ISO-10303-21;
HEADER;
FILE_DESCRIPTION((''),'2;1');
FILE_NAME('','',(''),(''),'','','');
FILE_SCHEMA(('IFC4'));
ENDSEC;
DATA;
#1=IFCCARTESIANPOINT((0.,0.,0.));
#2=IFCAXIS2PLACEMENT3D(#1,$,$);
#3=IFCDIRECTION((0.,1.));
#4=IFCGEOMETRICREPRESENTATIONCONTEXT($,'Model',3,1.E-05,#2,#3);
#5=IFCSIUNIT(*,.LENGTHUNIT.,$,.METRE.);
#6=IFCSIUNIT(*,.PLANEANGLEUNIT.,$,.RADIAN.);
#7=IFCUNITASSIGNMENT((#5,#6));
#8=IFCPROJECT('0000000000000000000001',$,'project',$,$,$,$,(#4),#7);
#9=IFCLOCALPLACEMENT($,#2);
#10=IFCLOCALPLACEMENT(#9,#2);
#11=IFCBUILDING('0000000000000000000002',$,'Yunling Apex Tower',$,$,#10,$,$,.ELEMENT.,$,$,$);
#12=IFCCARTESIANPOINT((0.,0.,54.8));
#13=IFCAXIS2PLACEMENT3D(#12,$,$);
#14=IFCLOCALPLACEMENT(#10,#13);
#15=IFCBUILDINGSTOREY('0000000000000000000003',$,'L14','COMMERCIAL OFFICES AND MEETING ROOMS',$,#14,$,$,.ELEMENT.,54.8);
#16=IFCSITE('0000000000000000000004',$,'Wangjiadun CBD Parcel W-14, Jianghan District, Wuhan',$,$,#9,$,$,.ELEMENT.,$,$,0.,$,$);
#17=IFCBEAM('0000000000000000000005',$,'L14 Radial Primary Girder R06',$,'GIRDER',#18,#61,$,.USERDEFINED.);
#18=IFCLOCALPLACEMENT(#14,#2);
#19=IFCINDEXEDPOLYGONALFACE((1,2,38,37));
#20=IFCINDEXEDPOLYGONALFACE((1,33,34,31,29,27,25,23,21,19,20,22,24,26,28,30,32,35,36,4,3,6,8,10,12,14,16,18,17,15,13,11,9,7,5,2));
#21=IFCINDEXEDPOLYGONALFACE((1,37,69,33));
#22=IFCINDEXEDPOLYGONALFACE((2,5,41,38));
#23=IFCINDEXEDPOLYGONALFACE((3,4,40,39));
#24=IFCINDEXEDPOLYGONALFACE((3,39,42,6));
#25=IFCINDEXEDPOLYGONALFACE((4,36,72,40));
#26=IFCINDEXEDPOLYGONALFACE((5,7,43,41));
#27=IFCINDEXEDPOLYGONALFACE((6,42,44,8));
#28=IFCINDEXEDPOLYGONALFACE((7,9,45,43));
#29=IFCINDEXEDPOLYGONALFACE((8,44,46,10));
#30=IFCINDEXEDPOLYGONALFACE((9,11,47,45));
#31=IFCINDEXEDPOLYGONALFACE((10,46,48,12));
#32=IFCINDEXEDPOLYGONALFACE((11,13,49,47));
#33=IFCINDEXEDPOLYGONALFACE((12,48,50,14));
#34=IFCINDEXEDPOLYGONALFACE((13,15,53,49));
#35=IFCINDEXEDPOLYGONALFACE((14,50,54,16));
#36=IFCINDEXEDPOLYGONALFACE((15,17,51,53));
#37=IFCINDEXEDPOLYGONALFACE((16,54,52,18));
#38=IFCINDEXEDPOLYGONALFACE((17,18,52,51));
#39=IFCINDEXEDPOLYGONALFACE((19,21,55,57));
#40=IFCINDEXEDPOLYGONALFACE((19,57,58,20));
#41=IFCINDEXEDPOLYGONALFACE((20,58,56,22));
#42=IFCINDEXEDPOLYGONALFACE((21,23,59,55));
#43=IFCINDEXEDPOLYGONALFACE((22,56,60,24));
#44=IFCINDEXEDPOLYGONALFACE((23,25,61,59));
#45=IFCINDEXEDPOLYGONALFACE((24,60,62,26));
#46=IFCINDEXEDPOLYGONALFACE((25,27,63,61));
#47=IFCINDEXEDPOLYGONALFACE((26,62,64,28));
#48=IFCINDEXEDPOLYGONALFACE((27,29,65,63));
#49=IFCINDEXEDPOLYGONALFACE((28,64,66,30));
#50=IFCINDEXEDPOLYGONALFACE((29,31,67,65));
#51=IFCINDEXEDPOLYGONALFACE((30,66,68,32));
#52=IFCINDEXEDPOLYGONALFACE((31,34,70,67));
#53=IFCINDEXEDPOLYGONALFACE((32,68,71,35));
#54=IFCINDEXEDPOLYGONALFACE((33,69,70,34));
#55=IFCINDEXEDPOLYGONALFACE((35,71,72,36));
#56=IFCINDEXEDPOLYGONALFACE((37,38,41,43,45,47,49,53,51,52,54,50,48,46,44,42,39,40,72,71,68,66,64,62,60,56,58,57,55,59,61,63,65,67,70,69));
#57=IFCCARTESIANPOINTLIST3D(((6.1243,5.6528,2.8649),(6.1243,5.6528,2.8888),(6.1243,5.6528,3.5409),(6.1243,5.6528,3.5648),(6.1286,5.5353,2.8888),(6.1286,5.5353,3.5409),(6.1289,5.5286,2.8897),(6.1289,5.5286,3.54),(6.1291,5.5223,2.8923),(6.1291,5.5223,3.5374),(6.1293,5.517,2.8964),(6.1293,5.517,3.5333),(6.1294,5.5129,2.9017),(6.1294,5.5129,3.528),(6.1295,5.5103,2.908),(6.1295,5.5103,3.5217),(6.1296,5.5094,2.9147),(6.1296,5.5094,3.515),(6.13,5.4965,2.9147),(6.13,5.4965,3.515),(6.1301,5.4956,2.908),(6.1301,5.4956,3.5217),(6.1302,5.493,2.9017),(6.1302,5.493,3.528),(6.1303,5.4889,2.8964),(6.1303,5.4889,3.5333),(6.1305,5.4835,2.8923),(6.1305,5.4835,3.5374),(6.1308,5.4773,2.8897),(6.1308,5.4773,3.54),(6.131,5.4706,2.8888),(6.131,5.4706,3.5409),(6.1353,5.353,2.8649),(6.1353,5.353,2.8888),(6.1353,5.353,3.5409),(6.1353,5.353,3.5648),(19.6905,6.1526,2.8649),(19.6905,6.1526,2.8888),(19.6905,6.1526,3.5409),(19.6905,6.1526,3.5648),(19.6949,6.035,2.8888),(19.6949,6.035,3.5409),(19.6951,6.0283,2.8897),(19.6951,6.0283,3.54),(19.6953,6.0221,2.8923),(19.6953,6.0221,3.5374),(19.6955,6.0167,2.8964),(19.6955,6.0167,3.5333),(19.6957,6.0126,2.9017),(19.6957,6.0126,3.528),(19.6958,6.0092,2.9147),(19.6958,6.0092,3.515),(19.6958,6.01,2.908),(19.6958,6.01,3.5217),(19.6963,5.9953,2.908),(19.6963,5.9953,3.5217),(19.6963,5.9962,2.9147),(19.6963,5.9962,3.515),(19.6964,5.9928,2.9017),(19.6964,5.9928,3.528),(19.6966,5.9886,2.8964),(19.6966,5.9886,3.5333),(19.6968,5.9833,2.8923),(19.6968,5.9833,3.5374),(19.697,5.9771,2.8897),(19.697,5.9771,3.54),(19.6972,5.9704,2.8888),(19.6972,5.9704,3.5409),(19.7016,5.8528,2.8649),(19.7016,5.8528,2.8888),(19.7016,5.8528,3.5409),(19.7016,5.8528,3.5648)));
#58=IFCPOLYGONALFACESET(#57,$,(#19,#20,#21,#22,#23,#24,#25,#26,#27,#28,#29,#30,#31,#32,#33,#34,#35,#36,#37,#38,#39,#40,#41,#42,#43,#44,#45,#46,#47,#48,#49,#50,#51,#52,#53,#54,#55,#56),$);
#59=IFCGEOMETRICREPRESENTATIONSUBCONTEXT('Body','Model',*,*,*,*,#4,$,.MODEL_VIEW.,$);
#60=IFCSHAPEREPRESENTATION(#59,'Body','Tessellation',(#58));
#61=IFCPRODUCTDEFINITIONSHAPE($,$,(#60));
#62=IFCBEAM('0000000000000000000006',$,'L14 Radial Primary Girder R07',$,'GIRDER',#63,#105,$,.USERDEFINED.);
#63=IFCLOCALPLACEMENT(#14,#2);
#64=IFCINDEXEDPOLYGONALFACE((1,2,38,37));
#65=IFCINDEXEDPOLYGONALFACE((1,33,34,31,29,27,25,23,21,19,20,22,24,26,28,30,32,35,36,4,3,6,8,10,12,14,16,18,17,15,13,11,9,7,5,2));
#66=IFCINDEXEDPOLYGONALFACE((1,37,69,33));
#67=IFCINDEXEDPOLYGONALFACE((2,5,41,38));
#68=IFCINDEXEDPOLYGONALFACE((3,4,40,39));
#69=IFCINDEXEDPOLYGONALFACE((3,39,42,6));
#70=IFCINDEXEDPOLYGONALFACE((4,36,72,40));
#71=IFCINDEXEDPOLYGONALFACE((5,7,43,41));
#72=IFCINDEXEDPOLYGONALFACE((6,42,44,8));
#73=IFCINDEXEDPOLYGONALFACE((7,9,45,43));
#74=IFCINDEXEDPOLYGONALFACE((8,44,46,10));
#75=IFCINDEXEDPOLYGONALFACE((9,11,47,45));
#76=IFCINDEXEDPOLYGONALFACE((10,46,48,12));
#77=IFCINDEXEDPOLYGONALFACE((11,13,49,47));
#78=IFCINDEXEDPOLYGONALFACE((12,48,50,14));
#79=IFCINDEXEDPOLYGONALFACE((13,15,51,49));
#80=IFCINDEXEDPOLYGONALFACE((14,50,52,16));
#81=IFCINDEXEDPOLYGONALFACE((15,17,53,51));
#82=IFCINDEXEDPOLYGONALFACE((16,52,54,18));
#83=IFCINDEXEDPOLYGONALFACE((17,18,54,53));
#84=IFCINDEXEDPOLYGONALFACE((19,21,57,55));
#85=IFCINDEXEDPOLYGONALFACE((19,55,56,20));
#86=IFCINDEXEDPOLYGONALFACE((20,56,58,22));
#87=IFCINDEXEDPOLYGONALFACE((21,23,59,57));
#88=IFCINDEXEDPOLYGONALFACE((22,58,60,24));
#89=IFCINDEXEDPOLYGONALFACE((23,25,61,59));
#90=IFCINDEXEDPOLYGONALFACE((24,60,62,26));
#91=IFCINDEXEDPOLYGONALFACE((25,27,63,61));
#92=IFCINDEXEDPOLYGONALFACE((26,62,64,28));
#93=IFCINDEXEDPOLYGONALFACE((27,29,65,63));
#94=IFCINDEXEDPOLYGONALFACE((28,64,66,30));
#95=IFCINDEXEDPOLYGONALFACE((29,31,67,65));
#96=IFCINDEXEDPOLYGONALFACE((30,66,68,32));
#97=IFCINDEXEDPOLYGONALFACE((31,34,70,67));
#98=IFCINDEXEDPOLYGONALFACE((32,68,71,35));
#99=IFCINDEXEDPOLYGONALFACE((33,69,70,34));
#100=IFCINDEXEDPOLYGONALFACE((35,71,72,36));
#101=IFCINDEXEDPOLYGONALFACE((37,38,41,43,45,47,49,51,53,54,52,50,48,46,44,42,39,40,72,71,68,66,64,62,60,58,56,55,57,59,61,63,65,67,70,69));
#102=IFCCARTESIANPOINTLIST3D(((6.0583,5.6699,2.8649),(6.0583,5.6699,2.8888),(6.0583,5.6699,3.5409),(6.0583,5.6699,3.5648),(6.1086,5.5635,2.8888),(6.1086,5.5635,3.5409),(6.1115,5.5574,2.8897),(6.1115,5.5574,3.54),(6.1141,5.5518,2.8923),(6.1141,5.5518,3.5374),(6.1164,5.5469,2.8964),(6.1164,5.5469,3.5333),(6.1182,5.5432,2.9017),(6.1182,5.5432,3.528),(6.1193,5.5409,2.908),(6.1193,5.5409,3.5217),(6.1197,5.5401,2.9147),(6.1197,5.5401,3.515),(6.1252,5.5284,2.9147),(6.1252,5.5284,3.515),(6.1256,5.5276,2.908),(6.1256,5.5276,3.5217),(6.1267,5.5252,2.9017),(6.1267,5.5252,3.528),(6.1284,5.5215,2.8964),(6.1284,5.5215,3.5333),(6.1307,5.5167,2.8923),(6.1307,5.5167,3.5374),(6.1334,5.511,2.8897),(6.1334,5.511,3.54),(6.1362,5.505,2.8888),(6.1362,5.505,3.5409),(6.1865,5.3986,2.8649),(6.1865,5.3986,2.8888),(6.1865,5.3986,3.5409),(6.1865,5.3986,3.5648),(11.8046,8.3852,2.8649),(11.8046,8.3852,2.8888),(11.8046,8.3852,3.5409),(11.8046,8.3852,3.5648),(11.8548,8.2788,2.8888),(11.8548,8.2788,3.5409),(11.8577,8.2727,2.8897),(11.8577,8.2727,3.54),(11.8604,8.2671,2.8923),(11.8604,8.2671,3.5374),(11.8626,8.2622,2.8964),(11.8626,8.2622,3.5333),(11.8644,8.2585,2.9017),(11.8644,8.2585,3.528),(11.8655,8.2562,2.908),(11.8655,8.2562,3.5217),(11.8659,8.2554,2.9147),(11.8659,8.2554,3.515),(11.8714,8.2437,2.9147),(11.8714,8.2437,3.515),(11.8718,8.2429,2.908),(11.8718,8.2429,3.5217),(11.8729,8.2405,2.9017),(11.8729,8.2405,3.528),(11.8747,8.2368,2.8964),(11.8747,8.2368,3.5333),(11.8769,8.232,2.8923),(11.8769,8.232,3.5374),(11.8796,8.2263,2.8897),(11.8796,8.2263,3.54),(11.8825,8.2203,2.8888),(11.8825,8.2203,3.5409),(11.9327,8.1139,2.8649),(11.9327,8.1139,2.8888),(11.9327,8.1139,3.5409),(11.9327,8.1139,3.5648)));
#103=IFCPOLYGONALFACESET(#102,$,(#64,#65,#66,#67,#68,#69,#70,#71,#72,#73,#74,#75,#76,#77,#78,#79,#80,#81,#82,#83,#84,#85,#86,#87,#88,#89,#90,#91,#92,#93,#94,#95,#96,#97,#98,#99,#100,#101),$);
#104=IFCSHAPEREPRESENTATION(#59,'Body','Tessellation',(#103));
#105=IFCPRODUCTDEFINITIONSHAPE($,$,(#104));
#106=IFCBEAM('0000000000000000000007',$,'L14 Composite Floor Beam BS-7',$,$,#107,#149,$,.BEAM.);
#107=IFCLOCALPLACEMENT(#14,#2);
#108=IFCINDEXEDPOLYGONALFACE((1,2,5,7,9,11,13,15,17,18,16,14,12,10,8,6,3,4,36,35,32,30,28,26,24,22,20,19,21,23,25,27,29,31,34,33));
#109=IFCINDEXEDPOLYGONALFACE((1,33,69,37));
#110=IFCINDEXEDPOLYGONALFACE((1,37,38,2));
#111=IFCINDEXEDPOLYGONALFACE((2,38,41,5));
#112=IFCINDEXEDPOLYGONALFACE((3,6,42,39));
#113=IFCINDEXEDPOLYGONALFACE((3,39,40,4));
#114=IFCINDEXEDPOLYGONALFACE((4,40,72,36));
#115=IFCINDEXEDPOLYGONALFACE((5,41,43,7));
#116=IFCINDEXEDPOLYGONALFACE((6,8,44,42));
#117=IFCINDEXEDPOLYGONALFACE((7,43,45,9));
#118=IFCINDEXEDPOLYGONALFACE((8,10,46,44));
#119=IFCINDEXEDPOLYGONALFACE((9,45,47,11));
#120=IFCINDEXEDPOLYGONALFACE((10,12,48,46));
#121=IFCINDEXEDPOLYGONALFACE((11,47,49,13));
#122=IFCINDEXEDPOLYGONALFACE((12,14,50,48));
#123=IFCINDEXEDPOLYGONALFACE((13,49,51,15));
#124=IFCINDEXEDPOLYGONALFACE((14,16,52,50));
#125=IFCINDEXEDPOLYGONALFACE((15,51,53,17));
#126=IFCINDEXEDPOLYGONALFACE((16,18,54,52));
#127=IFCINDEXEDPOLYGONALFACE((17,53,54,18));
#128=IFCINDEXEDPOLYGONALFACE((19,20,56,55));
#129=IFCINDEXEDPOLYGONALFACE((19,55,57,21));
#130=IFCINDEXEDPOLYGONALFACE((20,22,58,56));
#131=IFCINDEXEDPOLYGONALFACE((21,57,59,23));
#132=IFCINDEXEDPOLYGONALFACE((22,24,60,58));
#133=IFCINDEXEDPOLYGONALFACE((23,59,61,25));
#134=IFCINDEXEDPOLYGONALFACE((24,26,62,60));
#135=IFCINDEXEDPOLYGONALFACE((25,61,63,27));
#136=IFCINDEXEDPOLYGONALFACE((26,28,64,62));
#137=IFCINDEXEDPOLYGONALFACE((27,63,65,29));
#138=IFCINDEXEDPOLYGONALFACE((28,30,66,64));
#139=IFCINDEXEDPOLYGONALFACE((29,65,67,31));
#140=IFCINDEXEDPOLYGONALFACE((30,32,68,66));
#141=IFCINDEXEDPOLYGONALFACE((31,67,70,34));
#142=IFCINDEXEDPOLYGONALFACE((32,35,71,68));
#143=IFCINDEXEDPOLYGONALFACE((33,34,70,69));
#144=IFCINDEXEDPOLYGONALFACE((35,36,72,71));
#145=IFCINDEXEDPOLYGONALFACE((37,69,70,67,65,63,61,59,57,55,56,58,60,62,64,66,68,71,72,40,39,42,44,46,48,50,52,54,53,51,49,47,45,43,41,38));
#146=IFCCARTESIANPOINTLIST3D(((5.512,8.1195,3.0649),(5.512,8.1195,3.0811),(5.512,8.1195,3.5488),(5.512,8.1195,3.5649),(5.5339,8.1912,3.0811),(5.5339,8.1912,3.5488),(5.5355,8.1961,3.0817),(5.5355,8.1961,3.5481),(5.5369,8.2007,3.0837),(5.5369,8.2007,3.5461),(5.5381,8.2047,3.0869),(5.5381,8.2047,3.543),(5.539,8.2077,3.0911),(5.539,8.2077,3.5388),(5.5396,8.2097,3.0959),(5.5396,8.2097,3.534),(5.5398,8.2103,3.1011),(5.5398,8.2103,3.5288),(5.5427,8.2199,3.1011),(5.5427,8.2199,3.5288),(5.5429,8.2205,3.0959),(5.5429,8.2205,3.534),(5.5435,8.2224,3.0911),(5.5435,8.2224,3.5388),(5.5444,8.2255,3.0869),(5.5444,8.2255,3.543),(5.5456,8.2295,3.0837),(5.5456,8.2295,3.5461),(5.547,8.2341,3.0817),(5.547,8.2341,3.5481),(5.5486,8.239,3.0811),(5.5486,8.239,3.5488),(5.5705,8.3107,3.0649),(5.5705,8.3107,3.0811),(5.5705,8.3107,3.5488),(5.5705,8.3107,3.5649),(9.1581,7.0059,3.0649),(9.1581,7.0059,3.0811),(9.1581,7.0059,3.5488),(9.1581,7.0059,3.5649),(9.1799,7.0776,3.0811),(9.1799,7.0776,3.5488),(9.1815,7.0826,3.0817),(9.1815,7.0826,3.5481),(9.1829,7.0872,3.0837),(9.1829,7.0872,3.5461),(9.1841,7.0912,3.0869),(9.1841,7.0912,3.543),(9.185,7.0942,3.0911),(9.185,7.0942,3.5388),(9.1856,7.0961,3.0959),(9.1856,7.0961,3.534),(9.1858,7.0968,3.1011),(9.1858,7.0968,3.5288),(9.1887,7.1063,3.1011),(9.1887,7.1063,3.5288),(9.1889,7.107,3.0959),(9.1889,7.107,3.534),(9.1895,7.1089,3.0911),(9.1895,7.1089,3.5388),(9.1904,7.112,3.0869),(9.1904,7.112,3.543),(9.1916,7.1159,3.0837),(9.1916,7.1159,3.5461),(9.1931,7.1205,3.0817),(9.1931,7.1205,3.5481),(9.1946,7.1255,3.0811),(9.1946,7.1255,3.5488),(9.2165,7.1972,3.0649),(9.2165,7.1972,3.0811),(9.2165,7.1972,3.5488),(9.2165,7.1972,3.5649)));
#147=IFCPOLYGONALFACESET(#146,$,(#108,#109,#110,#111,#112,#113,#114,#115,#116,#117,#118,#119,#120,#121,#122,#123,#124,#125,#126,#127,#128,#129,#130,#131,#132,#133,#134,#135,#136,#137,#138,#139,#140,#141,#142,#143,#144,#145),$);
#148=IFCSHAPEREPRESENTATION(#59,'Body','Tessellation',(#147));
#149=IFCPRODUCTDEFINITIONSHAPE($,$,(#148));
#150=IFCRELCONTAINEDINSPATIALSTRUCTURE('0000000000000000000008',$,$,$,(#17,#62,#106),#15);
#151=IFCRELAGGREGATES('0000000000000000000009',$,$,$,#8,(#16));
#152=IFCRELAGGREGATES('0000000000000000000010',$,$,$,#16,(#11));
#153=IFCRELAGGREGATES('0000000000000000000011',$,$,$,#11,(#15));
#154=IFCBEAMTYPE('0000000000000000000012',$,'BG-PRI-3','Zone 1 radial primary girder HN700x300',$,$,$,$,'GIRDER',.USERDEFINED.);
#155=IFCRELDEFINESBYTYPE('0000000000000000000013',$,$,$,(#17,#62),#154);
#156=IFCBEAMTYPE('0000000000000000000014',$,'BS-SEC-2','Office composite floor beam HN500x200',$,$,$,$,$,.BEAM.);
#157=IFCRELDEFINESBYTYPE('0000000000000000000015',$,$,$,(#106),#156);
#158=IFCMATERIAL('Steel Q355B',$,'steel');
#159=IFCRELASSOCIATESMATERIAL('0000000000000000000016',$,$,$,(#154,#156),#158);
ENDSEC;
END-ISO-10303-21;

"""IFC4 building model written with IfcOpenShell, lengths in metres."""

from ifc_helpers import new_model, si_unit, direction, frame, origin, origin_2d, place, context, subcontext, project, spatial, i_section, extrude, source, transform, mapped, material, material_profile, profile_set, type_object, element, save


model = new_model("IFC4")

# Units and contexts
model_context = context("Model", 3, precision=1e-05, world=origin(), true_north=direction((0.0, 1.0)))
body_context = subcontext(model_context, "Body", "Model", "MODEL_VIEW")
ifc_project = project(units=[si_unit("LENGTHUNIT", "METRE"), si_unit("PLANEANGLEUNIT", "RADIAN")], contexts=[model_context])

# Site, building, storey
site_placement = place(None, origin())
site = spatial("IfcSite", under=ifc_project, at=site_placement, Name="Wangjiadun CBD Parcel W-14, Jianghan District, Wuhan", CompositionType="ELEMENT", RefElevation=0.0)
building_placement = place(site_placement, origin())
building = spatial("IfcBuilding", under=site, at=building_placement, Name="Yunling Apex Tower", CompositionType="ELEMENT")
storey_placement = place(building_placement, frame((0.0, 0.0, 54.8)))
storey = spatial("IfcBuildingStorey", under=building, at=storey_placement, Name="L14", Description="COMMERCIAL OFFICES AND MEETING ROOMS", CompositionType="ELEMENT", Elevation=54.8)

# Beams
ifc_material_1 = material(Name="Steel Q355B", Category="steel")
ifc_material_profile_1 = material_profile(ifc_material_1, i_section(OverallWidth=0.3, OverallDepth=0.7, WebThickness=0.0129, FlangeThickness=0.0239, FilletRadius=0.0259, at=origin_2d()))
ifc_profile_set_1 = profile_set([ifc_material_profile_1], Name="Steel Q355B")
beam_type_1 = type_object("IfcBeamType", Name="BG-PRI-3", Description="Zone 1 radial primary girder HN700x300", ElementType="GIRDER", PredefinedType="USERDEFINED", material=ifc_profile_set_1)
shared_shape_1 = source(origin(), body_context, "Body", "SweptSolid", [
    extrude(i_section(OverallWidth=0.3, OverallDepth=0.7, WebThickness=0.0129, FlangeThickness=0.0239, FilletRadius=0.0259, at=origin_2d()), origin(), (0.0, 0.0, 1.0), 13.5754),
])
beam_1_placement = place(storey_placement, frame((19.696, 6.0027, 3.2148), z_axis=(-0.999322, -0.036813, 0.0), x_axis=(0.036813, -0.999322, 0.0)))
element("IfcBeam", 1, at=beam_1_placement, inside=storey, type_object=beam_type_1, Name="L14 Radial Primary Girder R06", ObjectType="GIRDER", PredefinedType="USERDEFINED", context=body_context, shape_type="MappedRepresentation", body=[
    mapped(shared_shape_1, transform((0.0, 0.0, 0.0), scale=1.0)),
])
shared_shape_2 = source(origin(), body_context, "Body", "SweptSolid", [
    extrude(i_section(OverallWidth=0.3, OverallDepth=0.7, WebThickness=0.0129, FlangeThickness=0.0239, FilletRadius=0.0259, at=origin_2d()), origin(), (0.0, 0.0, 1.0), 6.3555),
])
beam_2_placement = place(storey_placement, frame((11.8687, 8.2495, 3.2148), z_axis=(-0.90414, -0.427236, 0.0), x_axis=(0.427236, -0.90414, 0.0)))
element("IfcBeam", 2, at=beam_2_placement, inside=storey, type_object=beam_type_1, Name="L14 Radial Primary Girder R07", ObjectType="GIRDER", PredefinedType="USERDEFINED", context=body_context, shape_type="MappedRepresentation", body=[
    mapped(shared_shape_2, transform((0.0, 0.0, 0.0), scale=1.0)),
])
ifc_material_profile_2 = material_profile(ifc_material_1, i_section(OverallWidth=0.2, OverallDepth=0.5, WebThickness=0.01, FlangeThickness=0.0161, FilletRadius=0.02, at=origin_2d()))
ifc_profile_set_2 = profile_set([ifc_material_profile_2], Name="Steel Q355B")
beam_type_2 = type_object("IfcBeamType", Name="BS-SEC-2", Description="Office composite floor beam HN500x200", PredefinedType="BEAM", material=ifc_profile_set_2)
shared_shape_3 = source(origin(), body_context, "Body", "SweptSolid", [
    extrude(i_section(OverallWidth=0.2, OverallDepth=0.5, WebThickness=0.01, FlangeThickness=0.0161, FilletRadius=0.02, at=origin_2d()), origin(), (0.0, 0.0, 1.0), 3.8123),
])
beam_3_placement = place(storey_placement, frame((9.1873, 7.1016, 3.3149), z_axis=(-0.95639, 0.292092, 0.0), x_axis=(-0.292092, -0.95639, 0.0)))
element("IfcBeam", 3, at=beam_3_placement, inside=storey, type_object=beam_type_2, Name="L14 Composite Floor Beam BS-7", PredefinedType="BEAM", context=body_context, shape_type="MappedRepresentation", body=[
    mapped(shared_shape_3, transform((0.0, 0.0, 0.0), scale=1.0)),
])

save(model, "model.ifc")
